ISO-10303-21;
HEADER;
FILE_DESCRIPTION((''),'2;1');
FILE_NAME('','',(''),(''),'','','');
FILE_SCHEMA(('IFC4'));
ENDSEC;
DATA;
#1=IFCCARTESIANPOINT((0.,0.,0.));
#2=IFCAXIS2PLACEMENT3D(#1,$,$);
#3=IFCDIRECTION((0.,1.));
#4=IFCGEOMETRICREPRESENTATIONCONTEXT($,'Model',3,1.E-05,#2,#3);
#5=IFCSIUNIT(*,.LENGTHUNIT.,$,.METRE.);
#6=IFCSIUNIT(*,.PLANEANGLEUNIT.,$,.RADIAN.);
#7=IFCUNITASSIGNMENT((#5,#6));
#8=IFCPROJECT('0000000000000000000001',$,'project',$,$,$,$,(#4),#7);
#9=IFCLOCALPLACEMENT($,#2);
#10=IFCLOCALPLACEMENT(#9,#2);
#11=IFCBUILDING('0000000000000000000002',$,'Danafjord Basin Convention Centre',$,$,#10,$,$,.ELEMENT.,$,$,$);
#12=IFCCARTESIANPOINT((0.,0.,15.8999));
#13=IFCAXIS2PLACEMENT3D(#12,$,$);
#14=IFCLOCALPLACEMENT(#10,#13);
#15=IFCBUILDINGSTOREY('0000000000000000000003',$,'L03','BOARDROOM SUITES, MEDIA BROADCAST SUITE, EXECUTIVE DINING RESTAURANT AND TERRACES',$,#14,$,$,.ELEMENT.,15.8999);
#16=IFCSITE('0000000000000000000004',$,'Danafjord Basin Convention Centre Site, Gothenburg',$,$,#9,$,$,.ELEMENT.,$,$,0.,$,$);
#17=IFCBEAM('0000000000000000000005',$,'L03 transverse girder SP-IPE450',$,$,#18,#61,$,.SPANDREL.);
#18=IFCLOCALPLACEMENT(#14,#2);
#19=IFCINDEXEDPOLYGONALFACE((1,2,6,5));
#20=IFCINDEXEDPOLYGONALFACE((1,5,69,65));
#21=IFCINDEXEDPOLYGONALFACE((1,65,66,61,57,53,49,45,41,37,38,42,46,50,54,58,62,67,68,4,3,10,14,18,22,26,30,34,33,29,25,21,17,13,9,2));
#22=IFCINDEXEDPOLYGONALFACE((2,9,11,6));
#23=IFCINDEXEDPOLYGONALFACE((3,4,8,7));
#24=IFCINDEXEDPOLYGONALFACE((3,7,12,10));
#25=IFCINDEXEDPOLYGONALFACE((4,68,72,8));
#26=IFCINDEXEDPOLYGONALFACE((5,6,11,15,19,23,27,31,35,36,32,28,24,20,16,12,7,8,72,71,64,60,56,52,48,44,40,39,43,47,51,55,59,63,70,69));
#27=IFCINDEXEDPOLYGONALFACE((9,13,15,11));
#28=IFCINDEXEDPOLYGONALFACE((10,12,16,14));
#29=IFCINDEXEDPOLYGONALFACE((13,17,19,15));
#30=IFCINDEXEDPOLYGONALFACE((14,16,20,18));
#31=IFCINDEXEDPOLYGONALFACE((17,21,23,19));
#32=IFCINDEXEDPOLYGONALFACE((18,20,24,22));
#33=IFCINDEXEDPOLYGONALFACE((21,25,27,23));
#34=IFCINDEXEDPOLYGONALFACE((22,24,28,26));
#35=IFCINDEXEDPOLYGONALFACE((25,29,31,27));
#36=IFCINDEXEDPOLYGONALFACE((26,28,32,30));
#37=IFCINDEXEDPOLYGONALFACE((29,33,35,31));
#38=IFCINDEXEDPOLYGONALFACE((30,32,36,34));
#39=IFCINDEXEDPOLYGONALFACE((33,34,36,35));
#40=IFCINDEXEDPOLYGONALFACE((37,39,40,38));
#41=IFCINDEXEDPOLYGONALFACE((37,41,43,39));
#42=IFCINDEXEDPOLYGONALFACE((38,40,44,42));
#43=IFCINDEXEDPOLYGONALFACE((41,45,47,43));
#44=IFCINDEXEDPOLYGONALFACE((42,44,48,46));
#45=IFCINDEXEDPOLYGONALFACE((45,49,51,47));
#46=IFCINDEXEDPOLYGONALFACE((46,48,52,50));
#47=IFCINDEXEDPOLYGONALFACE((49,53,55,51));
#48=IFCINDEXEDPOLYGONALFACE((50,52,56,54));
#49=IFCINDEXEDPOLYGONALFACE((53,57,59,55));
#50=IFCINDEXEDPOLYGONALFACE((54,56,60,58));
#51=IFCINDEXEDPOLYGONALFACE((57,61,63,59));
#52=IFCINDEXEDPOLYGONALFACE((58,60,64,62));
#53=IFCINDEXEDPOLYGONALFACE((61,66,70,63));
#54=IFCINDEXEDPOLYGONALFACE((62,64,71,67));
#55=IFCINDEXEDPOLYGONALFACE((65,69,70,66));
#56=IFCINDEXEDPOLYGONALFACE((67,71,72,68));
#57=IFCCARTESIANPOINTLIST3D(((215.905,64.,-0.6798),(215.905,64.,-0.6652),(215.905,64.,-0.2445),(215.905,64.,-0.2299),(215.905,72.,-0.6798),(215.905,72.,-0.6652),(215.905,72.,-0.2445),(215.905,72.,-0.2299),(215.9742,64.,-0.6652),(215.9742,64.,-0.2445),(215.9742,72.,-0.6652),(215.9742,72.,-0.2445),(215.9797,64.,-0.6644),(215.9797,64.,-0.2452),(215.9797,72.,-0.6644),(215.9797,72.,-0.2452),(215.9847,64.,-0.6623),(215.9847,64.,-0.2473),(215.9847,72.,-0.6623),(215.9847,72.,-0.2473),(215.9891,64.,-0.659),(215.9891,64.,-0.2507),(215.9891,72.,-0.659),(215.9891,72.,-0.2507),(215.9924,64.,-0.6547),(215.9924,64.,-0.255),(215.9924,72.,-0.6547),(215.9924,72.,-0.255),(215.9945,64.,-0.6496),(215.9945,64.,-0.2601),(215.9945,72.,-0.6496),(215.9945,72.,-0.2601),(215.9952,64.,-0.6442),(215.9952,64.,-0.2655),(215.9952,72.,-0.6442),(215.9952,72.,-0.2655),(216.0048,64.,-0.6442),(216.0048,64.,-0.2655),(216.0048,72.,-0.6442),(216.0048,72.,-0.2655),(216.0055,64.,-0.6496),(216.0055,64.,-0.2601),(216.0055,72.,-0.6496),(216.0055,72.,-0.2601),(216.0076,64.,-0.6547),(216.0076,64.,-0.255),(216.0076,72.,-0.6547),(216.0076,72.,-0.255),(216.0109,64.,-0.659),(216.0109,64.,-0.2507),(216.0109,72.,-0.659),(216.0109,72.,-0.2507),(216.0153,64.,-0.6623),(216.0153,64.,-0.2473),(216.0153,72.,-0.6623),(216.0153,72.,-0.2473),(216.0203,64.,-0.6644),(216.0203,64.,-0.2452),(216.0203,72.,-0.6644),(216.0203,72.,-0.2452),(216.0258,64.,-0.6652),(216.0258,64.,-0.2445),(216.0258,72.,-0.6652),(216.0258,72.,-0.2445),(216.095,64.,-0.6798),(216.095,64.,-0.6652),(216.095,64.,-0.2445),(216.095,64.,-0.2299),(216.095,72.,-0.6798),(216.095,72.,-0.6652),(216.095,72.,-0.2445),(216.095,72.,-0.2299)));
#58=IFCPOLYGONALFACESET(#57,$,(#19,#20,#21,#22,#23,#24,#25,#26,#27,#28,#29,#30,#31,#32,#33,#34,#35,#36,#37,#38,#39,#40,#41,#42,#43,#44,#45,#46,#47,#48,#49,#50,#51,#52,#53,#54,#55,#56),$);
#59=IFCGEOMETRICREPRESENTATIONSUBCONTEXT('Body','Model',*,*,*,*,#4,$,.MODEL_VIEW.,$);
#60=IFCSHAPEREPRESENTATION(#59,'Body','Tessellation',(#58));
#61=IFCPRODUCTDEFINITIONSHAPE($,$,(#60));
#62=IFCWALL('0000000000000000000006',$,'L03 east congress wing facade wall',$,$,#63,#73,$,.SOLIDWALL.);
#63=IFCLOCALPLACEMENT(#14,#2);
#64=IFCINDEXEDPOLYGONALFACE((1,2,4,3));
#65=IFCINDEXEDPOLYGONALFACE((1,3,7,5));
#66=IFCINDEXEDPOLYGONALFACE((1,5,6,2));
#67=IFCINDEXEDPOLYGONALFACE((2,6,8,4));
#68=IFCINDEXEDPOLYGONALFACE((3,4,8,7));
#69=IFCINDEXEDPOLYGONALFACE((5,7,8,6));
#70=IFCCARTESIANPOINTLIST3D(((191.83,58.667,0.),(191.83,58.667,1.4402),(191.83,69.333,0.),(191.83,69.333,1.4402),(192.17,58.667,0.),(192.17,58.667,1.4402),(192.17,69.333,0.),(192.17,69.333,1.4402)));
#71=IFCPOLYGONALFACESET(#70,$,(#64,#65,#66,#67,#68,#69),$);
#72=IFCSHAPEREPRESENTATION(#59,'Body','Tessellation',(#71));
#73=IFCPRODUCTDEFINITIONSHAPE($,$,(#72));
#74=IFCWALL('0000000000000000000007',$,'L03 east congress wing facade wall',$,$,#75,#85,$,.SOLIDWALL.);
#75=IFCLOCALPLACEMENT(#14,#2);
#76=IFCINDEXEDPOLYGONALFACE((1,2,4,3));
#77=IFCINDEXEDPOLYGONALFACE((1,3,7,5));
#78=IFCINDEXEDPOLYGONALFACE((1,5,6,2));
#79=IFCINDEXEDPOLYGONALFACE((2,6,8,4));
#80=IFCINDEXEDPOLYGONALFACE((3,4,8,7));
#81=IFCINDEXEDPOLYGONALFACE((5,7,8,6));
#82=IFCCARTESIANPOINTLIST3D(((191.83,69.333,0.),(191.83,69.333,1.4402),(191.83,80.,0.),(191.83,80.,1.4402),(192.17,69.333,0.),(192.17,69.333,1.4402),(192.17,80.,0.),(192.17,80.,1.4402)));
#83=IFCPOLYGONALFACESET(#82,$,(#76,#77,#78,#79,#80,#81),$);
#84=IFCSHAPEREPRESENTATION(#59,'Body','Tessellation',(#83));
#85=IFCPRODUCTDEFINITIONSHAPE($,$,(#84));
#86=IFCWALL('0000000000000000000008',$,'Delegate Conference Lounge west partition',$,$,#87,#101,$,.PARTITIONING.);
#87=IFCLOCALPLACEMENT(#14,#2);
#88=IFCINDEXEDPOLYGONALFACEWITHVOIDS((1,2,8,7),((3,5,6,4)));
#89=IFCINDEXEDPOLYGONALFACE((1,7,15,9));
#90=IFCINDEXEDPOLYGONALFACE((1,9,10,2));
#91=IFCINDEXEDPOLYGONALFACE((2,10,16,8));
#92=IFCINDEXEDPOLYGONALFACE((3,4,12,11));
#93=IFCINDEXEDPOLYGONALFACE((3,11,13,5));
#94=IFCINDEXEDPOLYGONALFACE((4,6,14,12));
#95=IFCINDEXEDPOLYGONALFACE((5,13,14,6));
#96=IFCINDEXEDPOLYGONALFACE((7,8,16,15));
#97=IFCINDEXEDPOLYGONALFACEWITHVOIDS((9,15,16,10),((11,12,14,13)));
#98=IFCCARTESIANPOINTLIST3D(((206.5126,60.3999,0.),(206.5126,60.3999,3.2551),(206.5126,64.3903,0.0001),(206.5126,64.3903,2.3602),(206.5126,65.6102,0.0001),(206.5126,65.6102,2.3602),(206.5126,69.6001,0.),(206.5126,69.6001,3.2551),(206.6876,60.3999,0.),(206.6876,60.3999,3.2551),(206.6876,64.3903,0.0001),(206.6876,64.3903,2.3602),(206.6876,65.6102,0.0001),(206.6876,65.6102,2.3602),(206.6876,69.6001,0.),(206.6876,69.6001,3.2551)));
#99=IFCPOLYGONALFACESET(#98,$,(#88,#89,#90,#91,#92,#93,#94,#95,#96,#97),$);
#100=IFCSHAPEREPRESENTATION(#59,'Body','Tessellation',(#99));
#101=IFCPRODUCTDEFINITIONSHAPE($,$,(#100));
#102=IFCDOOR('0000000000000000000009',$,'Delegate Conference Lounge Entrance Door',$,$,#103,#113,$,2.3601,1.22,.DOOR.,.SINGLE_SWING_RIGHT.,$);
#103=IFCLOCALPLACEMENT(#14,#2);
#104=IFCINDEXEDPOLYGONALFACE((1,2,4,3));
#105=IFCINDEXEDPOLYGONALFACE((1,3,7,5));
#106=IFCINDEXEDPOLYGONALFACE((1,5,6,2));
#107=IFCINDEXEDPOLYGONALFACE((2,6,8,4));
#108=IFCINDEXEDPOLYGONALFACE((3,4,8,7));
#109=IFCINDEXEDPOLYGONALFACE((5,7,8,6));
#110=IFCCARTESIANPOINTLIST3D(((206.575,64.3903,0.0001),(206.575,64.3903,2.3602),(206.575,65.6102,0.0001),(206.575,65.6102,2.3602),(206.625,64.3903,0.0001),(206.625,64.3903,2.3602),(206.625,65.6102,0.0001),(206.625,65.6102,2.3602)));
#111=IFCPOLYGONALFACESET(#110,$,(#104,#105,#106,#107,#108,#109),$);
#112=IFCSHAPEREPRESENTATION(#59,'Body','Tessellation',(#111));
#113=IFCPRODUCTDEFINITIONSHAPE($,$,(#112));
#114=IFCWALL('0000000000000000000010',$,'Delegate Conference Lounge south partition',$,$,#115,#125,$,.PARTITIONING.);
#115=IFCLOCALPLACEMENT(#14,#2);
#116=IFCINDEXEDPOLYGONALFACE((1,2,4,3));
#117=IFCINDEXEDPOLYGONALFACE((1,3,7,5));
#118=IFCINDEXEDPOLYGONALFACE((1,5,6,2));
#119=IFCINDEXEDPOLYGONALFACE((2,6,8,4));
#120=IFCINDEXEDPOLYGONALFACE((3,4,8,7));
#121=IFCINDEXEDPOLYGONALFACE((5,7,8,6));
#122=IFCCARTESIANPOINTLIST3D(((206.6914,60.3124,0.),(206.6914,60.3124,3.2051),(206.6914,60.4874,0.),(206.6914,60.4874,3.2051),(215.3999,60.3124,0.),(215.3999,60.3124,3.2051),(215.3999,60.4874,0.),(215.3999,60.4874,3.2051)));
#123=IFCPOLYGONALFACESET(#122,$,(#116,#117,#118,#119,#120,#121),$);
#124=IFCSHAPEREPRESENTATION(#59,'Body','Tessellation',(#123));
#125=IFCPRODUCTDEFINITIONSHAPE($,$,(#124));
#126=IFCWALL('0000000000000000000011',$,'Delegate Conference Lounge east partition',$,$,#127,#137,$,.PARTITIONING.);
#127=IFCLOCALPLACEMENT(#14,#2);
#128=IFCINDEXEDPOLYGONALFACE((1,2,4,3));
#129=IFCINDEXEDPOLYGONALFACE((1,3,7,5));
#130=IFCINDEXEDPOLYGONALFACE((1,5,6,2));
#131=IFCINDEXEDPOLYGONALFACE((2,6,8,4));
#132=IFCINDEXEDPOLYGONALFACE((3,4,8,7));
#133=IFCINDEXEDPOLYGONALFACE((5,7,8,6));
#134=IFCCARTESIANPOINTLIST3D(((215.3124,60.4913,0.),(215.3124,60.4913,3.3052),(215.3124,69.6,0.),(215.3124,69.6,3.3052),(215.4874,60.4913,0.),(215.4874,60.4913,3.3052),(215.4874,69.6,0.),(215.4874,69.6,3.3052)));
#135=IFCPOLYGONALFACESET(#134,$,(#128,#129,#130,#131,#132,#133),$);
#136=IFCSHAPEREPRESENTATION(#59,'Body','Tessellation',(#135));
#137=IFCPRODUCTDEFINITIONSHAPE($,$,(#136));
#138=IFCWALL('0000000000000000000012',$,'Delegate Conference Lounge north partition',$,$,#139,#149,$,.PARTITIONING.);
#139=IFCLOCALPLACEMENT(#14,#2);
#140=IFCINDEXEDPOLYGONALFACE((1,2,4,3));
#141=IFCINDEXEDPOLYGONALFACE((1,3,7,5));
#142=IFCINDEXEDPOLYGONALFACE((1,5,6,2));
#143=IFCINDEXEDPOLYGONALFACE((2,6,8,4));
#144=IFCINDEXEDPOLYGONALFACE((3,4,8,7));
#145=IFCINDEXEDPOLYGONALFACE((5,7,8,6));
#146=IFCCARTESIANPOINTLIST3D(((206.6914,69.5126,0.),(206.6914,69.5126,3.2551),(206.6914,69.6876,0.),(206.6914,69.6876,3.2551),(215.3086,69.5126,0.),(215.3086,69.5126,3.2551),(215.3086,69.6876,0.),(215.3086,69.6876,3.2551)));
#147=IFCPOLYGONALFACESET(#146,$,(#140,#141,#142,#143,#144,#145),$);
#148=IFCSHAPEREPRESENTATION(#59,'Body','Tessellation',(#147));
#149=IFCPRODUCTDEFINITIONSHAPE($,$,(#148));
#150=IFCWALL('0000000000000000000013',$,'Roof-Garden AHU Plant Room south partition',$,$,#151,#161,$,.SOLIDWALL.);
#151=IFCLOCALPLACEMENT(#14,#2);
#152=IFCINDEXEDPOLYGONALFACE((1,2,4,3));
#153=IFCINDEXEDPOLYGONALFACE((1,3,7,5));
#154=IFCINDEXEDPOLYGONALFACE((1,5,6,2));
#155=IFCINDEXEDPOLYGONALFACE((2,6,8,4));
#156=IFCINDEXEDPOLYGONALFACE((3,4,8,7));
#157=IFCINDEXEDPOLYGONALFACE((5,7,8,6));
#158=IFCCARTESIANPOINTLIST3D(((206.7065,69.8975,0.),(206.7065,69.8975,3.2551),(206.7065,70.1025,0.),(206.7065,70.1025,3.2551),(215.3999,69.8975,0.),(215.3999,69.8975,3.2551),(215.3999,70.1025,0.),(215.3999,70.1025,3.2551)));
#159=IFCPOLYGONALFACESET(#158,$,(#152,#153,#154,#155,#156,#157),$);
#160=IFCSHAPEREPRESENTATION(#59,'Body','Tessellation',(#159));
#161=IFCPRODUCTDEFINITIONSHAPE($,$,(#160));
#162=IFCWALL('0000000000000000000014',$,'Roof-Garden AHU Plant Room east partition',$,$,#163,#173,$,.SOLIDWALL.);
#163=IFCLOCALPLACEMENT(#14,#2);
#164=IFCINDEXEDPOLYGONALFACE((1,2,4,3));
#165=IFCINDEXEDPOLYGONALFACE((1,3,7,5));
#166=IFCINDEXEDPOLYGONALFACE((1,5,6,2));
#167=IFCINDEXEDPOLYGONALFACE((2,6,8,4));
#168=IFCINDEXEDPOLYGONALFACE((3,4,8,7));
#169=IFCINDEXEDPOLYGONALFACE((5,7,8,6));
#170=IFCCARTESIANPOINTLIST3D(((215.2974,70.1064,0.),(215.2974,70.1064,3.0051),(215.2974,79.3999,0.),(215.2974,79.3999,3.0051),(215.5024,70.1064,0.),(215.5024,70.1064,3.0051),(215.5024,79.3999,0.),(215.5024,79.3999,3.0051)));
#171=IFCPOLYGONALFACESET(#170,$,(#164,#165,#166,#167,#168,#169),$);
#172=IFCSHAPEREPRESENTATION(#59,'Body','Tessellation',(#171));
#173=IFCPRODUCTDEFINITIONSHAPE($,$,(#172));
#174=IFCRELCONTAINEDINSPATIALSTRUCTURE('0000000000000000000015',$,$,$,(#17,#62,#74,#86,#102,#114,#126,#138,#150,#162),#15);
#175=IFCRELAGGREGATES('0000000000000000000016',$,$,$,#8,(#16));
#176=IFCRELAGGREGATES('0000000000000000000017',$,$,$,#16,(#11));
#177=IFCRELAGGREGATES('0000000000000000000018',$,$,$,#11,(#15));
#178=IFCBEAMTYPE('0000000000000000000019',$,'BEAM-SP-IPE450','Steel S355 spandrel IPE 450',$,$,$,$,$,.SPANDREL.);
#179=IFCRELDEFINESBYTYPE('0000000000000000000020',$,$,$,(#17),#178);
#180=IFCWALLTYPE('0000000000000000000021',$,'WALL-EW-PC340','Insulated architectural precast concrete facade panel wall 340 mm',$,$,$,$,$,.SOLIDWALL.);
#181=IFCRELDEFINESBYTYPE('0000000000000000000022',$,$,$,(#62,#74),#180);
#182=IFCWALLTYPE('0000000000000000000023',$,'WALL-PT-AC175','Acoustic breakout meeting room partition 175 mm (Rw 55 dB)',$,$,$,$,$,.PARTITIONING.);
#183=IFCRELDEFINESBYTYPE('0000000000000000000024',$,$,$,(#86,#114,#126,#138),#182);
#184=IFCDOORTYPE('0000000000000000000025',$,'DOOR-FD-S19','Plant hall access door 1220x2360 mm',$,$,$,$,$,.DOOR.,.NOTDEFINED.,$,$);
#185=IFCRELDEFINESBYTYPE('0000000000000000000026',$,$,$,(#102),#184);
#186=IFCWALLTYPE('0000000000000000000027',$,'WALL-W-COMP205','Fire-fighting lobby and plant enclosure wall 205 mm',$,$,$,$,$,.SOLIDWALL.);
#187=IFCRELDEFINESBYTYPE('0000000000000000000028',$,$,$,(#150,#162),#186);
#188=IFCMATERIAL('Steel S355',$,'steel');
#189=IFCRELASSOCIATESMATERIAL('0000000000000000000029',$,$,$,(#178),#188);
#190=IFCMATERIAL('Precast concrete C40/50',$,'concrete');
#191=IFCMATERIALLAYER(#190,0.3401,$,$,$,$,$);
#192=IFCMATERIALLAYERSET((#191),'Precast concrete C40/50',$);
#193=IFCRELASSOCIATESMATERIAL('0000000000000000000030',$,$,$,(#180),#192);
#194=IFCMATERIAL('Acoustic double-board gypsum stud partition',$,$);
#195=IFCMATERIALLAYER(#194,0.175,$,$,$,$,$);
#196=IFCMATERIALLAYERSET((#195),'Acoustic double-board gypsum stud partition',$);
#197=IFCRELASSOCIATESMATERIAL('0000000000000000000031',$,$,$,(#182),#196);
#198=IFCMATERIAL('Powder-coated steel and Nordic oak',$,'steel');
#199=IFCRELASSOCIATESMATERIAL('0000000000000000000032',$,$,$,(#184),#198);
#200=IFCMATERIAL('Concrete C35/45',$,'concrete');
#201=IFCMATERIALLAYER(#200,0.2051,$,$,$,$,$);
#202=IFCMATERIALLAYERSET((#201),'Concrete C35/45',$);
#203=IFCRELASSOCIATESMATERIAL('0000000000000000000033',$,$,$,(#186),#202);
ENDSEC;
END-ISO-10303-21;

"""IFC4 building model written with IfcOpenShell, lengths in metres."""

from ifc_helpers import new_model, si_unit, direction, frame, frame_2d, origin, origin_2d, place, context, subcontext, project, spatial, rectangle, i_section, extrude, material, layer, layer_set, material_profile, profile_set, type_object, element, fill, save


model = new_model("IFC4")

# Units and contexts
model_context = context("Model", 3, precision=1e-05, world=origin(), true_north=direction((0.0, 1.0)))
body_context = subcontext(model_context, "Body", "Model", "MODEL_VIEW")
ifc_project = project(units=[si_unit("LENGTHUNIT", "METRE"), si_unit("PLANEANGLEUNIT", "RADIAN")], contexts=[model_context])

# Site, building, storey
site_placement = place(None, origin())
site = spatial("IfcSite", under=ifc_project, at=site_placement, Name="Danafjord Basin Convention Centre Site, Gothenburg", CompositionType="ELEMENT", RefElevation=0.0)
building_placement = place(site_placement, origin())
building = spatial("IfcBuilding", under=site, at=building_placement, Name="Danafjord Basin Convention Centre", CompositionType="ELEMENT")
storey_placement = place(building_placement, frame((0.0, 0.0, 15.8999)))
storey = spatial("IfcBuildingStorey", under=building, at=storey_placement, Name="L03", Description="BOARDROOM SUITES, MEDIA BROADCAST SUITE, EXECUTIVE DINING RESTAURANT AND TERRACES", CompositionType="ELEMENT", Elevation=15.8999)

# Shared definitions
ifc_material_1 = material(Name="Steel S355", Category="steel")

# Beam
ifc_material_profile_1 = material_profile(ifc_material_1, i_section(OverallWidth=0.1899, OverallDepth=0.45, WebThickness=0.0095, FlangeThickness=0.0146, FilletRadius=0.021, at=origin_2d()), Name="IPE 450")
ifc_profile_set_1 = profile_set([ifc_material_profile_1], Name="Steel S355")
beam_type_1 = type_object("IfcBeamType", Name="BEAM-SP-IPE450", Description="Steel S355 spandrel IPE 450", PredefinedType="SPANDREL", material=ifc_profile_set_1)
for number, where, z_axis, x_axis, name in (
    (1, (216.0, 64.0, -0.4548), (0.0, 1.0, 0.0), (-1.0, 0.0, 0.0), "L03 transverse girder SP-IPE450"),
):
    element("IfcBeam", number, at=place(storey_placement, frame(where, z_axis=z_axis, x_axis=x_axis)), inside=storey, type_object=beam_type_1, Name=name, PredefinedType="SPANDREL", context=body_context, shape_type="SweptSolid", body=[
        extrude(i_section(OverallWidth=0.1899, OverallDepth=0.45, WebThickness=0.0095, FlangeThickness=0.0146, FilletRadius=0.021, at=origin_2d()), origin(), (0.0, 0.0, 1.0), 8.0),
    ])

# Walls
ifc_material_2 = material(Name="Precast concrete C40/50", Category="concrete")
ifc_layer_1 = layer(ifc_material_2, 0.3401)
ifc_layer_set_1 = layer_set([ifc_layer_1], Name="Precast concrete C40/50")
wall_type_1 = type_object("IfcWallType", Name="WALL-EW-PC340", Description="Insulated architectural precast concrete facade panel wall 340 mm", PredefinedType="SOLIDWALL", material=ifc_layer_set_1)
wall_1_placement = place(storey_placement, frame((192.0, 58.667, 0.0), z_axis=(0.0, 0.0, 1.0), x_axis=(0.0, 1.0, 0.0)))
element("IfcWall", 2, at=wall_1_placement, inside=storey, type_object=wall_type_1, Name="L03 east congress wing facade wall", PredefinedType="SOLIDWALL", context=body_context, shape_type="SweptSolid", body=[
    extrude(rectangle(XDim=10.666, YDim=0.3401, at=frame_2d((5.333, 0.0))), origin(), (0.0, 0.0, 1.0), 1.4402),
])
wall_2_placement = place(storey_placement, frame((192.0, 69.333, 0.0), z_axis=(0.0, 0.0, 1.0), x_axis=(0.0, 1.0, 0.0)))
element("IfcWall", 3, at=wall_2_placement, inside=storey, type_object=wall_type_1, Name="L03 east congress wing facade wall", PredefinedType="SOLIDWALL", context=body_context, shape_type="SweptSolid", body=[
    extrude(rectangle(XDim=10.667, YDim=0.3401, at=frame_2d((5.3335, 0.0))), origin(), (0.0, 0.0, 1.0), 1.4402),
])

# Wall, opening, door
ifc_material_3 = material(Name="Acoustic double-board gypsum stud partition")
ifc_layer_2 = layer(ifc_material_3, 0.175)
ifc_layer_set_2 = layer_set([ifc_layer_2], Name="Acoustic double-board gypsum stud partition")
wall_type_2 = type_object("IfcWallType", Name="WALL-PT-AC175", Description="Acoustic breakout meeting room partition 175 mm (Rw 55 dB)", PredefinedType="PARTITIONING", material=ifc_layer_set_2)
wall_3_placement = place(storey_placement, frame((206.6001, 69.6001, 0.0), z_axis=(0.0, 0.0, 1.0), x_axis=(0.0, -1.0, 0.0)))
wall_3 = element("IfcWall", 4, at=wall_3_placement, inside=storey, type_object=wall_type_2, Name="Delegate Conference Lounge west partition", PredefinedType="PARTITIONING", context=body_context, shape_type="SweptSolid", body=[
    extrude(rectangle(XDim=9.2002, YDim=0.175, at=frame_2d((4.6001, 0.0))), origin(), (0.0, 0.0, 1.0), 3.2551),
])
opening_placement = place(wall_3_placement, frame((3.99, 0.0, 0.0)))
opening = element("IfcOpeningElement", 5, at=opening_placement, cuts=wall_3, PredefinedType="OPENING", context=body_context, shape_type="SweptSolid", body=[
    extrude(rectangle(XDim=1.22, YDim=2.3601, at=frame_2d((0.6099, 1.1802))), frame((0.0, 0.0974, 0.0), z_axis=(0.0, -1.0, 0.0), x_axis=(1.0, 0.0, 0.0)), (0.0, 0.0, 1.0), 0.1951),
])
ifc_material_4 = material(Name="Powder-coated steel and Nordic oak", Category="steel")
door_type = type_object("IfcDoorType", Name="DOOR-FD-S19", Description="Plant hall access door 1220x2360 mm", OperationType="NOTDEFINED", PredefinedType="DOOR", material=ifc_material_4)
door_placement = place(opening_placement, origin())
door = element("IfcDoor", 6, at=door_placement, inside=storey, type_object=door_type, Name="Delegate Conference Lounge Entrance Door", OperationType="SINGLE_SWING_RIGHT", OverallHeight=2.3601, OverallWidth=1.22, PredefinedType="DOOR", context=body_context, shape_type="SweptSolid", body=[
    extrude(rectangle(XDim=1.22, YDim=2.3601, at=frame_2d((0.6099, 1.1802))), frame((0.0, 0.0249, 0.0), z_axis=(0.0, -1.0, 0.0), x_axis=(1.0, 0.0, 0.0)), (0.0, 0.0, 1.0), 0.05),
])
fill(opening, door)

# Walls
wall_4_placement = place(storey_placement, frame((206.6914, 60.3999, 0.0), z_axis=(0.0, 0.0, 1.0), x_axis=(1.0, 0.0, 0.0)))
element("IfcWall", 7, at=wall_4_placement, inside=storey, type_object=wall_type_2, Name="Delegate Conference Lounge south partition", PredefinedType="PARTITIONING", context=body_context, shape_type="SweptSolid", body=[
    extrude(rectangle(XDim=8.7085, YDim=0.175, at=frame_2d((4.3542, 0.0))), origin(), (0.0, 0.0, 1.0), 3.2051),
])
wall_5_placement = place(storey_placement, frame((215.3999, 60.4915, 0.0), z_axis=(0.0, 0.0, 1.0), x_axis=(0.0, 1.0, 0.0)))
element("IfcWall", 8, at=wall_5_placement, inside=storey, type_object=wall_type_2, Name="Delegate Conference Lounge east partition", PredefinedType="PARTITIONING", context=body_context, shape_type="SweptSolid", body=[
    extrude(rectangle(XDim=9.1086, YDim=0.175, at=frame_2d((4.5542, 0.0))), origin(), (0.0, 0.0, 1.0), 3.3052),
])
wall_6_placement = place(storey_placement, frame((215.3086, 69.6001, 0.0), z_axis=(0.0, 0.0, 1.0), x_axis=(-1.0, 0.0, 0.0)))
element("IfcWall", 9, at=wall_6_placement, inside=storey, type_object=wall_type_2, Name="Delegate Conference Lounge north partition", PredefinedType="PARTITIONING", context=body_context, shape_type="SweptSolid", body=[
    extrude(rectangle(XDim=8.6172, YDim=0.175, at=frame_2d((4.3086, 0.0))), origin(), (0.0, 0.0, 1.0), 3.2551),
])
ifc_material_5 = material(Name="Concrete C35/45", Category="concrete")
ifc_layer_3 = layer(ifc_material_5, 0.2051)
ifc_layer_set_3 = layer_set([ifc_layer_3], Name="Concrete C35/45")
wall_type_3 = type_object("IfcWallType", Name="WALL-W-COMP205", Description="Fire-fighting lobby and plant enclosure wall 205 mm", PredefinedType="SOLIDWALL", material=ifc_layer_set_3)
wall_7_placement = place(storey_placement, frame((206.7065, 70.0, 0.0), z_axis=(0.0, 0.0, 1.0), x_axis=(1.0, 0.0, 0.0)))
element("IfcWall", 10, at=wall_7_placement, inside=storey, type_object=wall_type_3, Name="Roof-Garden AHU Plant Room south partition", PredefinedType="SOLIDWALL", context=body_context, shape_type="SweptSolid", body=[
    extrude(rectangle(XDim=8.6934, YDim=0.2051, at=frame_2d((4.3467, 0.0))), origin(), (0.0, 0.0, 1.0), 3.2551),
])
wall_8_placement = place(storey_placement, frame((215.3999, 70.1064, 0.0), z_axis=(0.0, 0.0, 1.0), x_axis=(0.0, 1.0, 0.0)))
element("IfcWall", 11, at=wall_8_placement, inside=storey, type_object=wall_type_3, Name="Roof-Garden AHU Plant Room east partition", PredefinedType="SOLIDWALL", context=body_context, shape_type="SweptSolid", body=[
    extrude(rectangle(XDim=9.2935, YDim=0.2051, at=frame_2d((4.6467, 0.0))), origin(), (0.0, 0.0, 1.0), 3.0051),
])

save(model, "model.ifc")
